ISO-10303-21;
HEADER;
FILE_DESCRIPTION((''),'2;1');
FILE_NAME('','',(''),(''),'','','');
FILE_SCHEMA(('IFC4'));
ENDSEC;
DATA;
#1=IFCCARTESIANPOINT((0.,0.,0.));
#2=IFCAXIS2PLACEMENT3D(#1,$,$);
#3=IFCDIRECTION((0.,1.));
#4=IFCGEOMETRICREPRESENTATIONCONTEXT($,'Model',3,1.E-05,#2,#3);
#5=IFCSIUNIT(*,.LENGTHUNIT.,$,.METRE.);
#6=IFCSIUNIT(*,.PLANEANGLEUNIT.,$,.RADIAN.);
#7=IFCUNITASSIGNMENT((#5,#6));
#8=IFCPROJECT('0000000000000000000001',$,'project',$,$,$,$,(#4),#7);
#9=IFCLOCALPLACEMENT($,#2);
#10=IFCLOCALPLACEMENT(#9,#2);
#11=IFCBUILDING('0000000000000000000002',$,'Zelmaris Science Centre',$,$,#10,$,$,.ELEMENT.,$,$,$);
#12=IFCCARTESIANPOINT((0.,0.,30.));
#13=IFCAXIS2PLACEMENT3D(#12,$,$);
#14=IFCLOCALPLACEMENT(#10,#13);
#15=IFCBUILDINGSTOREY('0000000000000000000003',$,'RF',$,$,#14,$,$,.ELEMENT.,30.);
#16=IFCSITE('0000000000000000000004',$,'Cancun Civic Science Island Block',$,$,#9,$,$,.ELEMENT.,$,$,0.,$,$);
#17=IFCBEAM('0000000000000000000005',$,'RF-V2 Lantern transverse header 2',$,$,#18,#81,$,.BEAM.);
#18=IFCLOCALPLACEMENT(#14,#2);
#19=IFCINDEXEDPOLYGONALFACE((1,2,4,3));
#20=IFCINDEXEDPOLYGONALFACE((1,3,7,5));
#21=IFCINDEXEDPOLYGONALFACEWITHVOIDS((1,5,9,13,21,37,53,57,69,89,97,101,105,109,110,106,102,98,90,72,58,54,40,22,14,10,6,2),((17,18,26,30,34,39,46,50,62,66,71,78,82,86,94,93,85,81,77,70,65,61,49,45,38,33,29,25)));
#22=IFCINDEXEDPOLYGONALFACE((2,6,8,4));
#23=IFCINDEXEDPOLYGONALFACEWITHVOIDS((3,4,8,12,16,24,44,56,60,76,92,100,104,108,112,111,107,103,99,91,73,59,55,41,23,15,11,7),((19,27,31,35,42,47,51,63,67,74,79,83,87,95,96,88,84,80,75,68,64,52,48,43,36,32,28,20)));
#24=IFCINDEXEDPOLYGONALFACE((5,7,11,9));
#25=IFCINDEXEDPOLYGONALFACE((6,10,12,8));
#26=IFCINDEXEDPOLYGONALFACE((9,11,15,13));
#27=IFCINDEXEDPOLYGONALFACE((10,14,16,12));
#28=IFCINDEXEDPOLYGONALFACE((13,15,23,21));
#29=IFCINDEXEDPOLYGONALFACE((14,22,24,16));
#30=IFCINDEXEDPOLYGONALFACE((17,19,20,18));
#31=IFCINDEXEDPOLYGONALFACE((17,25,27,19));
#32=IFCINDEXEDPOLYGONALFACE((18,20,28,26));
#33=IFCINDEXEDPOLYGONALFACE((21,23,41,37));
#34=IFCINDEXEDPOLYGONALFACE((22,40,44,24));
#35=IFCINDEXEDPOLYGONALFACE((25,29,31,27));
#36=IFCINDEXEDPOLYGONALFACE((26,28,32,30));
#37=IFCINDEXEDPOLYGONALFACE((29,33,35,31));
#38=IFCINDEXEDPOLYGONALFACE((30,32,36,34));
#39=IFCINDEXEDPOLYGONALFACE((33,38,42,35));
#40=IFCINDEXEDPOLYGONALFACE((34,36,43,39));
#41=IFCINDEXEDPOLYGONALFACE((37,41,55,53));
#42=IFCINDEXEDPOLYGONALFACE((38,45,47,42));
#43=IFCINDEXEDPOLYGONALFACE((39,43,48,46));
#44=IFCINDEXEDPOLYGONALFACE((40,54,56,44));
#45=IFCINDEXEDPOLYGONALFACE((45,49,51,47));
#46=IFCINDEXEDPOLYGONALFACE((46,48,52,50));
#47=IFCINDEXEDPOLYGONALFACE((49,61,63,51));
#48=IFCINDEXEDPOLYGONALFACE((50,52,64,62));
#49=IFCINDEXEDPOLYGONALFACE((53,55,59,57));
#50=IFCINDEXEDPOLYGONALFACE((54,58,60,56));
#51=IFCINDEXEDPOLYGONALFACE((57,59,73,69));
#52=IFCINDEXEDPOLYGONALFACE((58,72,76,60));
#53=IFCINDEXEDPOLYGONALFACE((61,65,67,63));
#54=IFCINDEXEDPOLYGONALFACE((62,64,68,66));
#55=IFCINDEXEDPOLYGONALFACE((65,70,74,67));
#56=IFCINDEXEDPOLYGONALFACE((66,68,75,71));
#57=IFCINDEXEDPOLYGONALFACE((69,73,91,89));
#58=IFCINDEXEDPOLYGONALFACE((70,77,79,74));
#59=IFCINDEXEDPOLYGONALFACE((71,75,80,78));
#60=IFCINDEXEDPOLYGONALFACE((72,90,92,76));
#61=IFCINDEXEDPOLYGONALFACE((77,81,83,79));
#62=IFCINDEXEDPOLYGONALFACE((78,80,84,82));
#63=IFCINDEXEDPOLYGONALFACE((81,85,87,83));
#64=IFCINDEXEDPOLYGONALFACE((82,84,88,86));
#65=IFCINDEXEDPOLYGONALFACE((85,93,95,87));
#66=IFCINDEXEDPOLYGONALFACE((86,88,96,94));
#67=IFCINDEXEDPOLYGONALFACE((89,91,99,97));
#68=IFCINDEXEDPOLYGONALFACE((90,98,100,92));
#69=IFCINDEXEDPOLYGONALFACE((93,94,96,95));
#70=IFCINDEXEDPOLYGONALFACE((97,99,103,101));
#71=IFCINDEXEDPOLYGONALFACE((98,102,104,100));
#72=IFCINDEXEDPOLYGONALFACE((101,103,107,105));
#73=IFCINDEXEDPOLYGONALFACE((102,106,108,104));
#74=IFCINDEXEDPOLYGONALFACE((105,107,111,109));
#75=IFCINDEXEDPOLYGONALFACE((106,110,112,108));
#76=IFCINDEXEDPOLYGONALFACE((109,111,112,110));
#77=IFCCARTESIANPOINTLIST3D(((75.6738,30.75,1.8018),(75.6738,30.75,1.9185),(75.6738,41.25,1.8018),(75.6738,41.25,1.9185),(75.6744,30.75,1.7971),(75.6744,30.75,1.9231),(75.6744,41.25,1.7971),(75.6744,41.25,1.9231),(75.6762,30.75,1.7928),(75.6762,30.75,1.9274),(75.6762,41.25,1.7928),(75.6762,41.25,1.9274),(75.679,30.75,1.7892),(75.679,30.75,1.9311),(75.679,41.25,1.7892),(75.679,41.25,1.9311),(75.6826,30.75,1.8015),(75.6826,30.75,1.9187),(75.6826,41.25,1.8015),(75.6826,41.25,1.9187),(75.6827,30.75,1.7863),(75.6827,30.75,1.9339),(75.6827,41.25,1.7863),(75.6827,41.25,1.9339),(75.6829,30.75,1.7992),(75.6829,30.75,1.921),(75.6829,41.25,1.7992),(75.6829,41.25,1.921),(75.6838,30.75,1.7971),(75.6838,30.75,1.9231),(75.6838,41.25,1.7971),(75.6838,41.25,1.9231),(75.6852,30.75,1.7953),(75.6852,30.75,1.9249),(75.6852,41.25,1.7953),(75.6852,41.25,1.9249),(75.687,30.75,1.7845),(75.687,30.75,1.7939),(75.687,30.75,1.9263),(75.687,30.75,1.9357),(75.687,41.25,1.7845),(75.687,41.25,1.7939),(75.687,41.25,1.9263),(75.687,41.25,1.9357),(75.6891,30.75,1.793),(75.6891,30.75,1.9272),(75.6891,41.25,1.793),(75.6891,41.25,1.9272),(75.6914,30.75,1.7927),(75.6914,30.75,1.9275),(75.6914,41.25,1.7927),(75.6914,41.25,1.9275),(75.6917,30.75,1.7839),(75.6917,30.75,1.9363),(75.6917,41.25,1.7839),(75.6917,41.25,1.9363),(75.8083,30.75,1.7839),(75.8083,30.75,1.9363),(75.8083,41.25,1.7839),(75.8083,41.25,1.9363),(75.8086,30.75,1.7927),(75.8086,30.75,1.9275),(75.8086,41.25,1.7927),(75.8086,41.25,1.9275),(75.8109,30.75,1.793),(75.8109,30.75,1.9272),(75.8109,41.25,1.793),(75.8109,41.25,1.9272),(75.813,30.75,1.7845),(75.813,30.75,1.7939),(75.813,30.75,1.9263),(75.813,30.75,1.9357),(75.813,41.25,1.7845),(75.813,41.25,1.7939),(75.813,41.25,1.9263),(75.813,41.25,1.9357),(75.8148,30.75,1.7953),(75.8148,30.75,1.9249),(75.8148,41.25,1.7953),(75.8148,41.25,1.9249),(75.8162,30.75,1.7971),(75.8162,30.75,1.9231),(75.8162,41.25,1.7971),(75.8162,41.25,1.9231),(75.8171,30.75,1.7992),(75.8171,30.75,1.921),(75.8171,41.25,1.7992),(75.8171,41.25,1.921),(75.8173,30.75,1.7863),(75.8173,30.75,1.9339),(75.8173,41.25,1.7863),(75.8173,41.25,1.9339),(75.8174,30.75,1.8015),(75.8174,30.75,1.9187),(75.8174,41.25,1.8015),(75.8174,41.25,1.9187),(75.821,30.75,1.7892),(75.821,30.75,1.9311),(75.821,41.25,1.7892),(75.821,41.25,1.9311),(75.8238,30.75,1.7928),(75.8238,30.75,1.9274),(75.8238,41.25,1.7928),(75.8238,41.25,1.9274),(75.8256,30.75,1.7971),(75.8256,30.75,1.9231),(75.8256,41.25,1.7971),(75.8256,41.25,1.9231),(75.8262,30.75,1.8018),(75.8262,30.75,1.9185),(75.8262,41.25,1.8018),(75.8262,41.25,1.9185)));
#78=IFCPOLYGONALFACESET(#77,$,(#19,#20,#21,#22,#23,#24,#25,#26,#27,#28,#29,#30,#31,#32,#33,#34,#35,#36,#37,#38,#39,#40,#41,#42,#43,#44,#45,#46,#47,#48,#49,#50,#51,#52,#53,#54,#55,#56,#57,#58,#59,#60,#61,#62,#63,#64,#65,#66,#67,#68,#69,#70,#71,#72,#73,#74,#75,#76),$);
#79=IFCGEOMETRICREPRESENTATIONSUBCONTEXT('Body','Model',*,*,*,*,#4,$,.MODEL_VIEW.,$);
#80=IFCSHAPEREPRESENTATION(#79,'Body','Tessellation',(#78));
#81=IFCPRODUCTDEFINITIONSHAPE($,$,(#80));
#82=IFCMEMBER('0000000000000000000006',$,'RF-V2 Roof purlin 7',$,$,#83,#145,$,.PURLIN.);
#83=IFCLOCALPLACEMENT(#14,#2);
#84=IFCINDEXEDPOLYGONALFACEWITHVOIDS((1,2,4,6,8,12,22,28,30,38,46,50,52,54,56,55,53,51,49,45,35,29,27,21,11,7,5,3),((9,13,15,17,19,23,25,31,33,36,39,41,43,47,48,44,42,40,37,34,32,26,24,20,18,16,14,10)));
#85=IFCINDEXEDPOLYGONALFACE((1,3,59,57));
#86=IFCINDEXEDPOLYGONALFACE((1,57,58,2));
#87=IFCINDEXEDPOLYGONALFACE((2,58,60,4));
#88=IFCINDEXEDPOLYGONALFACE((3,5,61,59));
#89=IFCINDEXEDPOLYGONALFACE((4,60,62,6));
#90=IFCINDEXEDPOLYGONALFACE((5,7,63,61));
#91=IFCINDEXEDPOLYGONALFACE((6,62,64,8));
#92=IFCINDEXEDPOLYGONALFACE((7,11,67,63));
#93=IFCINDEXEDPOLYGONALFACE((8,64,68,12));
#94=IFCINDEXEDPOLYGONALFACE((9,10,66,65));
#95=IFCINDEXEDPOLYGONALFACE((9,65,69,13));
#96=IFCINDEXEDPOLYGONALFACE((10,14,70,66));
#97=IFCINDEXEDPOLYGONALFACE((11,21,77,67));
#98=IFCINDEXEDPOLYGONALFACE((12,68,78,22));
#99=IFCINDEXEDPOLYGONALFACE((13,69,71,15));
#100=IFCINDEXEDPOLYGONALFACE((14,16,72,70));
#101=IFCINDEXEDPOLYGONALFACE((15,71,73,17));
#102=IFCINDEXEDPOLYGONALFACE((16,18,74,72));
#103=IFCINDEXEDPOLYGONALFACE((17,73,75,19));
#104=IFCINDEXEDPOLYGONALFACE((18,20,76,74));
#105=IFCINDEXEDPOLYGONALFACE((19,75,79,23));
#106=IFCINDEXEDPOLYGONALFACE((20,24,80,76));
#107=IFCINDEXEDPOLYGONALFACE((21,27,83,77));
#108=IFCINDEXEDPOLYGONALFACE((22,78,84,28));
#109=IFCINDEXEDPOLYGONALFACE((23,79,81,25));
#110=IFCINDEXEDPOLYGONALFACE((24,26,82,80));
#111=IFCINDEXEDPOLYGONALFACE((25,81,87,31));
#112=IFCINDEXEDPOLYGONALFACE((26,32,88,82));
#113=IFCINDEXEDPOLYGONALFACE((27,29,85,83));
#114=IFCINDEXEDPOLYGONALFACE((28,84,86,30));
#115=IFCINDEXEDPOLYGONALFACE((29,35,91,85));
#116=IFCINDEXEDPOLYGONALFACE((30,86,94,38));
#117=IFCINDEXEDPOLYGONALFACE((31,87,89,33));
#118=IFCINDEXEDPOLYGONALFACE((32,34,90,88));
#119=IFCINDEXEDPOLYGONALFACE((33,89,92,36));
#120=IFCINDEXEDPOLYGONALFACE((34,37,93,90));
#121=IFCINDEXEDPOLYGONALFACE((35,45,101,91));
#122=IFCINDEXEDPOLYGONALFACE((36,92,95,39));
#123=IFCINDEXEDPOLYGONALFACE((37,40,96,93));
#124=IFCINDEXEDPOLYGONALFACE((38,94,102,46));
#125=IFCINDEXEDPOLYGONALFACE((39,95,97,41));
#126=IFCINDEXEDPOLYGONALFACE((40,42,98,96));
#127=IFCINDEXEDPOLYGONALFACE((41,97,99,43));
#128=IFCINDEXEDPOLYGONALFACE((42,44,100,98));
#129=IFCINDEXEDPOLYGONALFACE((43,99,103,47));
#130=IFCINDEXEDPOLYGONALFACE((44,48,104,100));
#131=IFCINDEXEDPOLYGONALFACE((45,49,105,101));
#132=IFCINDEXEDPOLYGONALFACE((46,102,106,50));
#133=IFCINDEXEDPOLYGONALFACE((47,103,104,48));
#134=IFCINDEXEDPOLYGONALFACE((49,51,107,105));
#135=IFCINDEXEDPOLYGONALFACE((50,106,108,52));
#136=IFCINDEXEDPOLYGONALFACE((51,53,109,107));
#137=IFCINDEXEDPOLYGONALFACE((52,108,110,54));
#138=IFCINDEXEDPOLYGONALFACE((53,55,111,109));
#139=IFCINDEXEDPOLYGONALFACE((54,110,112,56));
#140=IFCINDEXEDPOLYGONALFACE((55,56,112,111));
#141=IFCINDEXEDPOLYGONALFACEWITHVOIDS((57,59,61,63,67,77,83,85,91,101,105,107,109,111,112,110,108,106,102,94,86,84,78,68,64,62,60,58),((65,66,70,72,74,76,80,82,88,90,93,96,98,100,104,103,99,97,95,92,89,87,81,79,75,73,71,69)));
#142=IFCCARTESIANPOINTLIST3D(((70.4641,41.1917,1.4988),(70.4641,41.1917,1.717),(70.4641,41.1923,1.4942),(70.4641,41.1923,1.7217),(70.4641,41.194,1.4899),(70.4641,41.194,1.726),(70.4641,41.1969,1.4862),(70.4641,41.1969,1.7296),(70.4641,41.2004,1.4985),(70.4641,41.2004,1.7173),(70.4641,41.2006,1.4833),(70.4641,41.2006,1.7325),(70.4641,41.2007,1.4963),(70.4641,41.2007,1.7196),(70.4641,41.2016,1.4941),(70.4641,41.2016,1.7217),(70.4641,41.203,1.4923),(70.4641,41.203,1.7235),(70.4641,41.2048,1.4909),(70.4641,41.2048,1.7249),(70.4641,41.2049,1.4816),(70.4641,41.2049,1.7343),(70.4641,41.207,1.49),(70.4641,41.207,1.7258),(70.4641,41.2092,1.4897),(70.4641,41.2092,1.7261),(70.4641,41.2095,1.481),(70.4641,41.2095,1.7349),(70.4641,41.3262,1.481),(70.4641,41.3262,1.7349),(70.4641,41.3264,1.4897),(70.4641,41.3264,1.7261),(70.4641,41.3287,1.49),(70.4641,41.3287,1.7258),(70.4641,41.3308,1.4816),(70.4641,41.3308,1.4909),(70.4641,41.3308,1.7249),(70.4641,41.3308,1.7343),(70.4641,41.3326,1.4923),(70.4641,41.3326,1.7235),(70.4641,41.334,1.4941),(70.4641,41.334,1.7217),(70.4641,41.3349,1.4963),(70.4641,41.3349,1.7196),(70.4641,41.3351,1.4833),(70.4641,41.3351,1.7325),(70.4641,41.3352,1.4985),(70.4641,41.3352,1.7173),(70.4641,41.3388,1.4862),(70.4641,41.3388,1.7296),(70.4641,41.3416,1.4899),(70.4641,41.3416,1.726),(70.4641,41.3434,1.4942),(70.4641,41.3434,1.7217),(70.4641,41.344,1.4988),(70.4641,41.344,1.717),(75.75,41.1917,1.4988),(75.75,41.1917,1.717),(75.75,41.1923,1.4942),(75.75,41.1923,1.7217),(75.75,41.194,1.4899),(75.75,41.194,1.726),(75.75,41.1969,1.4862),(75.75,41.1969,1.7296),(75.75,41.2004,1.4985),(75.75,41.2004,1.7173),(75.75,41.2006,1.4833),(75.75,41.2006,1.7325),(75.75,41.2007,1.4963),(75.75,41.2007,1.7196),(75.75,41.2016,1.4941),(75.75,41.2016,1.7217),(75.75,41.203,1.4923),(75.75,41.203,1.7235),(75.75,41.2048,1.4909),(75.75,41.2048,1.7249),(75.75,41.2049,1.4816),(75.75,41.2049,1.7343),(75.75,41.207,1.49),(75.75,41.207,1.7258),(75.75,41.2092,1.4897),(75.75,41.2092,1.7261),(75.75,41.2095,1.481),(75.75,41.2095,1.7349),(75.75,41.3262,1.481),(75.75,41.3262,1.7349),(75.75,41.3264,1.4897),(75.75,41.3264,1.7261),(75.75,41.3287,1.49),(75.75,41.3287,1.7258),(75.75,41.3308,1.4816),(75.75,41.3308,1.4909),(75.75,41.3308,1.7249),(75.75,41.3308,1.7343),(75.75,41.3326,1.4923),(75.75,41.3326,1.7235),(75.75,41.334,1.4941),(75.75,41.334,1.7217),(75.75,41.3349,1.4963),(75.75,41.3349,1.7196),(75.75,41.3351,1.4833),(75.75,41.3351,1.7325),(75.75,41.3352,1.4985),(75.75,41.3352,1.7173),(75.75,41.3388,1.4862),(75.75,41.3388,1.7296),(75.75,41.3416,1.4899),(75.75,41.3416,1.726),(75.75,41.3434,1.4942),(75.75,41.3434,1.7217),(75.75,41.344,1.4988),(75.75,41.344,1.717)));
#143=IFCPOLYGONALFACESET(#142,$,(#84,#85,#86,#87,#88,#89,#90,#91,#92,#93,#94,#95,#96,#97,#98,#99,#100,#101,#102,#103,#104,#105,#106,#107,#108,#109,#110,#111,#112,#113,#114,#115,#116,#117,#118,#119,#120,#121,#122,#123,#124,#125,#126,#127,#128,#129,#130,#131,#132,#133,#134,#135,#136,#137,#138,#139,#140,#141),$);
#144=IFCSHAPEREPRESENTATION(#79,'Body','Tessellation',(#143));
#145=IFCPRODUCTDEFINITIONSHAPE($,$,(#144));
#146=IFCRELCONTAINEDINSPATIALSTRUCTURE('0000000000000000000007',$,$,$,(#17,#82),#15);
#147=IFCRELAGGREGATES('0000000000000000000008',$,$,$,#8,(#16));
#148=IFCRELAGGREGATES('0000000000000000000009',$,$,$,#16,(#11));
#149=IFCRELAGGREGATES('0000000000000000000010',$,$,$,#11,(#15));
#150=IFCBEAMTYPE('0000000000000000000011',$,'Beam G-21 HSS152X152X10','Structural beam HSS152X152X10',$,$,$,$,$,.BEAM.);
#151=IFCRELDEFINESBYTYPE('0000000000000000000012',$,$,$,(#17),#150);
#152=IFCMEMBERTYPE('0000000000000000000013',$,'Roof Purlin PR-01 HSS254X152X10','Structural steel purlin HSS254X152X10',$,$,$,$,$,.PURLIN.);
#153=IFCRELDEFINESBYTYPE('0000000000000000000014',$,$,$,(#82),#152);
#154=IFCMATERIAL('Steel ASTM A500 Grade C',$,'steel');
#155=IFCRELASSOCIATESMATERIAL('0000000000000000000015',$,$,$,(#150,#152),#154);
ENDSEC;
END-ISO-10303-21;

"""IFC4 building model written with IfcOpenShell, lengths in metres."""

from ifc_helpers import new_model, si_unit, direction, frame, origin, origin_2d, place, context, subcontext, project, spatial, hollow_rectangle, extrude, material, material_profile, profile_set, type_object, element, save


model = new_model("IFC4")

# Units and contexts
model_context = context("Model", 3, precision=1e-05, world=origin(), true_north=direction((0.0, 1.0)))
body_context = subcontext(model_context, "Body", "Model", "MODEL_VIEW")
ifc_project = project(units=[si_unit("LENGTHUNIT", "METRE"), si_unit("PLANEANGLEUNIT", "RADIAN")], contexts=[model_context])

# Site, building, storey
site_placement = place(None, origin())
site = spatial("IfcSite", under=ifc_project, at=site_placement, Name="Cancun Civic Science Island Block", CompositionType="ELEMENT", RefElevation=0.0)
building_placement = place(site_placement, origin())
building = spatial("IfcBuilding", under=site, at=building_placement, Name="Zelmaris Science Centre", CompositionType="ELEMENT")
storey_placement = place(building_placement, frame((0.0, 0.0, 30.0)))
storey = spatial("IfcBuildingStorey", under=building, at=storey_placement, Name="RF", CompositionType="ELEMENT", Elevation=30.0)

# Beam
ifc_material_1 = material(Name="Steel ASTM A500 Grade C", Category="steel")
ifc_material_profile_1 = material_profile(ifc_material_1, hollow_rectangle(XDim=0.1523, YDim=0.1523, WallThickness=0.0088, InnerFilletRadius=0.0088, OuterFilletRadius=0.0178, at=origin_2d()), Name="HSS152X152X10")
ifc_profile_set_1 = profile_set([ifc_material_profile_1], Name="Steel ASTM A500 Grade C")
beam_type_1 = type_object("IfcBeamType", Name="Beam G-21 HSS152X152X10", Description="Structural beam HSS152X152X10", PredefinedType="BEAM", material=ifc_profile_set_1)
for number, where, z_axis, x_axis, name in (
    (1, (75.75, 30.75, 1.8601), (0.0, 1.0, 0.0), (-1.0, 0.0, 0.0), "RF-V2 Lantern transverse header 2"),
):
    element("IfcBeam", number, at=place(storey_placement, frame(where, z_axis=z_axis, x_axis=x_axis)), inside=storey, type_object=beam_type_1, Name=name, PredefinedType="BEAM", context=body_context, shape_type="SweptSolid", body=[
        extrude(hollow_rectangle(XDim=0.1523, YDim=0.1523, WallThickness=0.0088, InnerFilletRadius=0.0088, OuterFilletRadius=0.0178, at=origin_2d()), origin(), (0.0, 0.0, 1.0), 10.5),
    ])

# Member
ifc_material_profile_2 = material_profile(ifc_material_1, hollow_rectangle(XDim=0.1523, YDim=0.2539, WallThickness=0.0088, InnerFilletRadius=0.0088, OuterFilletRadius=0.0178, at=origin_2d()), Name="HSS254X152X10")
ifc_profile_set_2 = profile_set([ifc_material_profile_2], Name="Steel ASTM A500 Grade C")
member_type_1 = type_object("IfcMemberType", Name="Roof Purlin PR-01 HSS254X152X10", Description="Structural steel purlin HSS254X152X10", PredefinedType="PURLIN", material=ifc_profile_set_2)
member_1_placement = place(storey_placement, frame((70.4641, 41.2678, 1.6079), z_axis=(1.0, 0.0, 0.0), x_axis=(0.0, 1.0, 0.0)))
element("IfcMember", 2, at=member_1_placement, inside=storey, type_object=member_type_1, Name="RF-V2 Roof purlin 7", PredefinedType="PURLIN", context=body_context, shape_type="SweptSolid", body=[
    extrude(hollow_rectangle(XDim=0.1523, YDim=0.2539, WallThickness=0.0088, InnerFilletRadius=0.0088, OuterFilletRadius=0.0178, at=origin_2d()), origin(), (0.0, 0.0, 1.0), 5.2859),
])

save(model, "model.ifc")
